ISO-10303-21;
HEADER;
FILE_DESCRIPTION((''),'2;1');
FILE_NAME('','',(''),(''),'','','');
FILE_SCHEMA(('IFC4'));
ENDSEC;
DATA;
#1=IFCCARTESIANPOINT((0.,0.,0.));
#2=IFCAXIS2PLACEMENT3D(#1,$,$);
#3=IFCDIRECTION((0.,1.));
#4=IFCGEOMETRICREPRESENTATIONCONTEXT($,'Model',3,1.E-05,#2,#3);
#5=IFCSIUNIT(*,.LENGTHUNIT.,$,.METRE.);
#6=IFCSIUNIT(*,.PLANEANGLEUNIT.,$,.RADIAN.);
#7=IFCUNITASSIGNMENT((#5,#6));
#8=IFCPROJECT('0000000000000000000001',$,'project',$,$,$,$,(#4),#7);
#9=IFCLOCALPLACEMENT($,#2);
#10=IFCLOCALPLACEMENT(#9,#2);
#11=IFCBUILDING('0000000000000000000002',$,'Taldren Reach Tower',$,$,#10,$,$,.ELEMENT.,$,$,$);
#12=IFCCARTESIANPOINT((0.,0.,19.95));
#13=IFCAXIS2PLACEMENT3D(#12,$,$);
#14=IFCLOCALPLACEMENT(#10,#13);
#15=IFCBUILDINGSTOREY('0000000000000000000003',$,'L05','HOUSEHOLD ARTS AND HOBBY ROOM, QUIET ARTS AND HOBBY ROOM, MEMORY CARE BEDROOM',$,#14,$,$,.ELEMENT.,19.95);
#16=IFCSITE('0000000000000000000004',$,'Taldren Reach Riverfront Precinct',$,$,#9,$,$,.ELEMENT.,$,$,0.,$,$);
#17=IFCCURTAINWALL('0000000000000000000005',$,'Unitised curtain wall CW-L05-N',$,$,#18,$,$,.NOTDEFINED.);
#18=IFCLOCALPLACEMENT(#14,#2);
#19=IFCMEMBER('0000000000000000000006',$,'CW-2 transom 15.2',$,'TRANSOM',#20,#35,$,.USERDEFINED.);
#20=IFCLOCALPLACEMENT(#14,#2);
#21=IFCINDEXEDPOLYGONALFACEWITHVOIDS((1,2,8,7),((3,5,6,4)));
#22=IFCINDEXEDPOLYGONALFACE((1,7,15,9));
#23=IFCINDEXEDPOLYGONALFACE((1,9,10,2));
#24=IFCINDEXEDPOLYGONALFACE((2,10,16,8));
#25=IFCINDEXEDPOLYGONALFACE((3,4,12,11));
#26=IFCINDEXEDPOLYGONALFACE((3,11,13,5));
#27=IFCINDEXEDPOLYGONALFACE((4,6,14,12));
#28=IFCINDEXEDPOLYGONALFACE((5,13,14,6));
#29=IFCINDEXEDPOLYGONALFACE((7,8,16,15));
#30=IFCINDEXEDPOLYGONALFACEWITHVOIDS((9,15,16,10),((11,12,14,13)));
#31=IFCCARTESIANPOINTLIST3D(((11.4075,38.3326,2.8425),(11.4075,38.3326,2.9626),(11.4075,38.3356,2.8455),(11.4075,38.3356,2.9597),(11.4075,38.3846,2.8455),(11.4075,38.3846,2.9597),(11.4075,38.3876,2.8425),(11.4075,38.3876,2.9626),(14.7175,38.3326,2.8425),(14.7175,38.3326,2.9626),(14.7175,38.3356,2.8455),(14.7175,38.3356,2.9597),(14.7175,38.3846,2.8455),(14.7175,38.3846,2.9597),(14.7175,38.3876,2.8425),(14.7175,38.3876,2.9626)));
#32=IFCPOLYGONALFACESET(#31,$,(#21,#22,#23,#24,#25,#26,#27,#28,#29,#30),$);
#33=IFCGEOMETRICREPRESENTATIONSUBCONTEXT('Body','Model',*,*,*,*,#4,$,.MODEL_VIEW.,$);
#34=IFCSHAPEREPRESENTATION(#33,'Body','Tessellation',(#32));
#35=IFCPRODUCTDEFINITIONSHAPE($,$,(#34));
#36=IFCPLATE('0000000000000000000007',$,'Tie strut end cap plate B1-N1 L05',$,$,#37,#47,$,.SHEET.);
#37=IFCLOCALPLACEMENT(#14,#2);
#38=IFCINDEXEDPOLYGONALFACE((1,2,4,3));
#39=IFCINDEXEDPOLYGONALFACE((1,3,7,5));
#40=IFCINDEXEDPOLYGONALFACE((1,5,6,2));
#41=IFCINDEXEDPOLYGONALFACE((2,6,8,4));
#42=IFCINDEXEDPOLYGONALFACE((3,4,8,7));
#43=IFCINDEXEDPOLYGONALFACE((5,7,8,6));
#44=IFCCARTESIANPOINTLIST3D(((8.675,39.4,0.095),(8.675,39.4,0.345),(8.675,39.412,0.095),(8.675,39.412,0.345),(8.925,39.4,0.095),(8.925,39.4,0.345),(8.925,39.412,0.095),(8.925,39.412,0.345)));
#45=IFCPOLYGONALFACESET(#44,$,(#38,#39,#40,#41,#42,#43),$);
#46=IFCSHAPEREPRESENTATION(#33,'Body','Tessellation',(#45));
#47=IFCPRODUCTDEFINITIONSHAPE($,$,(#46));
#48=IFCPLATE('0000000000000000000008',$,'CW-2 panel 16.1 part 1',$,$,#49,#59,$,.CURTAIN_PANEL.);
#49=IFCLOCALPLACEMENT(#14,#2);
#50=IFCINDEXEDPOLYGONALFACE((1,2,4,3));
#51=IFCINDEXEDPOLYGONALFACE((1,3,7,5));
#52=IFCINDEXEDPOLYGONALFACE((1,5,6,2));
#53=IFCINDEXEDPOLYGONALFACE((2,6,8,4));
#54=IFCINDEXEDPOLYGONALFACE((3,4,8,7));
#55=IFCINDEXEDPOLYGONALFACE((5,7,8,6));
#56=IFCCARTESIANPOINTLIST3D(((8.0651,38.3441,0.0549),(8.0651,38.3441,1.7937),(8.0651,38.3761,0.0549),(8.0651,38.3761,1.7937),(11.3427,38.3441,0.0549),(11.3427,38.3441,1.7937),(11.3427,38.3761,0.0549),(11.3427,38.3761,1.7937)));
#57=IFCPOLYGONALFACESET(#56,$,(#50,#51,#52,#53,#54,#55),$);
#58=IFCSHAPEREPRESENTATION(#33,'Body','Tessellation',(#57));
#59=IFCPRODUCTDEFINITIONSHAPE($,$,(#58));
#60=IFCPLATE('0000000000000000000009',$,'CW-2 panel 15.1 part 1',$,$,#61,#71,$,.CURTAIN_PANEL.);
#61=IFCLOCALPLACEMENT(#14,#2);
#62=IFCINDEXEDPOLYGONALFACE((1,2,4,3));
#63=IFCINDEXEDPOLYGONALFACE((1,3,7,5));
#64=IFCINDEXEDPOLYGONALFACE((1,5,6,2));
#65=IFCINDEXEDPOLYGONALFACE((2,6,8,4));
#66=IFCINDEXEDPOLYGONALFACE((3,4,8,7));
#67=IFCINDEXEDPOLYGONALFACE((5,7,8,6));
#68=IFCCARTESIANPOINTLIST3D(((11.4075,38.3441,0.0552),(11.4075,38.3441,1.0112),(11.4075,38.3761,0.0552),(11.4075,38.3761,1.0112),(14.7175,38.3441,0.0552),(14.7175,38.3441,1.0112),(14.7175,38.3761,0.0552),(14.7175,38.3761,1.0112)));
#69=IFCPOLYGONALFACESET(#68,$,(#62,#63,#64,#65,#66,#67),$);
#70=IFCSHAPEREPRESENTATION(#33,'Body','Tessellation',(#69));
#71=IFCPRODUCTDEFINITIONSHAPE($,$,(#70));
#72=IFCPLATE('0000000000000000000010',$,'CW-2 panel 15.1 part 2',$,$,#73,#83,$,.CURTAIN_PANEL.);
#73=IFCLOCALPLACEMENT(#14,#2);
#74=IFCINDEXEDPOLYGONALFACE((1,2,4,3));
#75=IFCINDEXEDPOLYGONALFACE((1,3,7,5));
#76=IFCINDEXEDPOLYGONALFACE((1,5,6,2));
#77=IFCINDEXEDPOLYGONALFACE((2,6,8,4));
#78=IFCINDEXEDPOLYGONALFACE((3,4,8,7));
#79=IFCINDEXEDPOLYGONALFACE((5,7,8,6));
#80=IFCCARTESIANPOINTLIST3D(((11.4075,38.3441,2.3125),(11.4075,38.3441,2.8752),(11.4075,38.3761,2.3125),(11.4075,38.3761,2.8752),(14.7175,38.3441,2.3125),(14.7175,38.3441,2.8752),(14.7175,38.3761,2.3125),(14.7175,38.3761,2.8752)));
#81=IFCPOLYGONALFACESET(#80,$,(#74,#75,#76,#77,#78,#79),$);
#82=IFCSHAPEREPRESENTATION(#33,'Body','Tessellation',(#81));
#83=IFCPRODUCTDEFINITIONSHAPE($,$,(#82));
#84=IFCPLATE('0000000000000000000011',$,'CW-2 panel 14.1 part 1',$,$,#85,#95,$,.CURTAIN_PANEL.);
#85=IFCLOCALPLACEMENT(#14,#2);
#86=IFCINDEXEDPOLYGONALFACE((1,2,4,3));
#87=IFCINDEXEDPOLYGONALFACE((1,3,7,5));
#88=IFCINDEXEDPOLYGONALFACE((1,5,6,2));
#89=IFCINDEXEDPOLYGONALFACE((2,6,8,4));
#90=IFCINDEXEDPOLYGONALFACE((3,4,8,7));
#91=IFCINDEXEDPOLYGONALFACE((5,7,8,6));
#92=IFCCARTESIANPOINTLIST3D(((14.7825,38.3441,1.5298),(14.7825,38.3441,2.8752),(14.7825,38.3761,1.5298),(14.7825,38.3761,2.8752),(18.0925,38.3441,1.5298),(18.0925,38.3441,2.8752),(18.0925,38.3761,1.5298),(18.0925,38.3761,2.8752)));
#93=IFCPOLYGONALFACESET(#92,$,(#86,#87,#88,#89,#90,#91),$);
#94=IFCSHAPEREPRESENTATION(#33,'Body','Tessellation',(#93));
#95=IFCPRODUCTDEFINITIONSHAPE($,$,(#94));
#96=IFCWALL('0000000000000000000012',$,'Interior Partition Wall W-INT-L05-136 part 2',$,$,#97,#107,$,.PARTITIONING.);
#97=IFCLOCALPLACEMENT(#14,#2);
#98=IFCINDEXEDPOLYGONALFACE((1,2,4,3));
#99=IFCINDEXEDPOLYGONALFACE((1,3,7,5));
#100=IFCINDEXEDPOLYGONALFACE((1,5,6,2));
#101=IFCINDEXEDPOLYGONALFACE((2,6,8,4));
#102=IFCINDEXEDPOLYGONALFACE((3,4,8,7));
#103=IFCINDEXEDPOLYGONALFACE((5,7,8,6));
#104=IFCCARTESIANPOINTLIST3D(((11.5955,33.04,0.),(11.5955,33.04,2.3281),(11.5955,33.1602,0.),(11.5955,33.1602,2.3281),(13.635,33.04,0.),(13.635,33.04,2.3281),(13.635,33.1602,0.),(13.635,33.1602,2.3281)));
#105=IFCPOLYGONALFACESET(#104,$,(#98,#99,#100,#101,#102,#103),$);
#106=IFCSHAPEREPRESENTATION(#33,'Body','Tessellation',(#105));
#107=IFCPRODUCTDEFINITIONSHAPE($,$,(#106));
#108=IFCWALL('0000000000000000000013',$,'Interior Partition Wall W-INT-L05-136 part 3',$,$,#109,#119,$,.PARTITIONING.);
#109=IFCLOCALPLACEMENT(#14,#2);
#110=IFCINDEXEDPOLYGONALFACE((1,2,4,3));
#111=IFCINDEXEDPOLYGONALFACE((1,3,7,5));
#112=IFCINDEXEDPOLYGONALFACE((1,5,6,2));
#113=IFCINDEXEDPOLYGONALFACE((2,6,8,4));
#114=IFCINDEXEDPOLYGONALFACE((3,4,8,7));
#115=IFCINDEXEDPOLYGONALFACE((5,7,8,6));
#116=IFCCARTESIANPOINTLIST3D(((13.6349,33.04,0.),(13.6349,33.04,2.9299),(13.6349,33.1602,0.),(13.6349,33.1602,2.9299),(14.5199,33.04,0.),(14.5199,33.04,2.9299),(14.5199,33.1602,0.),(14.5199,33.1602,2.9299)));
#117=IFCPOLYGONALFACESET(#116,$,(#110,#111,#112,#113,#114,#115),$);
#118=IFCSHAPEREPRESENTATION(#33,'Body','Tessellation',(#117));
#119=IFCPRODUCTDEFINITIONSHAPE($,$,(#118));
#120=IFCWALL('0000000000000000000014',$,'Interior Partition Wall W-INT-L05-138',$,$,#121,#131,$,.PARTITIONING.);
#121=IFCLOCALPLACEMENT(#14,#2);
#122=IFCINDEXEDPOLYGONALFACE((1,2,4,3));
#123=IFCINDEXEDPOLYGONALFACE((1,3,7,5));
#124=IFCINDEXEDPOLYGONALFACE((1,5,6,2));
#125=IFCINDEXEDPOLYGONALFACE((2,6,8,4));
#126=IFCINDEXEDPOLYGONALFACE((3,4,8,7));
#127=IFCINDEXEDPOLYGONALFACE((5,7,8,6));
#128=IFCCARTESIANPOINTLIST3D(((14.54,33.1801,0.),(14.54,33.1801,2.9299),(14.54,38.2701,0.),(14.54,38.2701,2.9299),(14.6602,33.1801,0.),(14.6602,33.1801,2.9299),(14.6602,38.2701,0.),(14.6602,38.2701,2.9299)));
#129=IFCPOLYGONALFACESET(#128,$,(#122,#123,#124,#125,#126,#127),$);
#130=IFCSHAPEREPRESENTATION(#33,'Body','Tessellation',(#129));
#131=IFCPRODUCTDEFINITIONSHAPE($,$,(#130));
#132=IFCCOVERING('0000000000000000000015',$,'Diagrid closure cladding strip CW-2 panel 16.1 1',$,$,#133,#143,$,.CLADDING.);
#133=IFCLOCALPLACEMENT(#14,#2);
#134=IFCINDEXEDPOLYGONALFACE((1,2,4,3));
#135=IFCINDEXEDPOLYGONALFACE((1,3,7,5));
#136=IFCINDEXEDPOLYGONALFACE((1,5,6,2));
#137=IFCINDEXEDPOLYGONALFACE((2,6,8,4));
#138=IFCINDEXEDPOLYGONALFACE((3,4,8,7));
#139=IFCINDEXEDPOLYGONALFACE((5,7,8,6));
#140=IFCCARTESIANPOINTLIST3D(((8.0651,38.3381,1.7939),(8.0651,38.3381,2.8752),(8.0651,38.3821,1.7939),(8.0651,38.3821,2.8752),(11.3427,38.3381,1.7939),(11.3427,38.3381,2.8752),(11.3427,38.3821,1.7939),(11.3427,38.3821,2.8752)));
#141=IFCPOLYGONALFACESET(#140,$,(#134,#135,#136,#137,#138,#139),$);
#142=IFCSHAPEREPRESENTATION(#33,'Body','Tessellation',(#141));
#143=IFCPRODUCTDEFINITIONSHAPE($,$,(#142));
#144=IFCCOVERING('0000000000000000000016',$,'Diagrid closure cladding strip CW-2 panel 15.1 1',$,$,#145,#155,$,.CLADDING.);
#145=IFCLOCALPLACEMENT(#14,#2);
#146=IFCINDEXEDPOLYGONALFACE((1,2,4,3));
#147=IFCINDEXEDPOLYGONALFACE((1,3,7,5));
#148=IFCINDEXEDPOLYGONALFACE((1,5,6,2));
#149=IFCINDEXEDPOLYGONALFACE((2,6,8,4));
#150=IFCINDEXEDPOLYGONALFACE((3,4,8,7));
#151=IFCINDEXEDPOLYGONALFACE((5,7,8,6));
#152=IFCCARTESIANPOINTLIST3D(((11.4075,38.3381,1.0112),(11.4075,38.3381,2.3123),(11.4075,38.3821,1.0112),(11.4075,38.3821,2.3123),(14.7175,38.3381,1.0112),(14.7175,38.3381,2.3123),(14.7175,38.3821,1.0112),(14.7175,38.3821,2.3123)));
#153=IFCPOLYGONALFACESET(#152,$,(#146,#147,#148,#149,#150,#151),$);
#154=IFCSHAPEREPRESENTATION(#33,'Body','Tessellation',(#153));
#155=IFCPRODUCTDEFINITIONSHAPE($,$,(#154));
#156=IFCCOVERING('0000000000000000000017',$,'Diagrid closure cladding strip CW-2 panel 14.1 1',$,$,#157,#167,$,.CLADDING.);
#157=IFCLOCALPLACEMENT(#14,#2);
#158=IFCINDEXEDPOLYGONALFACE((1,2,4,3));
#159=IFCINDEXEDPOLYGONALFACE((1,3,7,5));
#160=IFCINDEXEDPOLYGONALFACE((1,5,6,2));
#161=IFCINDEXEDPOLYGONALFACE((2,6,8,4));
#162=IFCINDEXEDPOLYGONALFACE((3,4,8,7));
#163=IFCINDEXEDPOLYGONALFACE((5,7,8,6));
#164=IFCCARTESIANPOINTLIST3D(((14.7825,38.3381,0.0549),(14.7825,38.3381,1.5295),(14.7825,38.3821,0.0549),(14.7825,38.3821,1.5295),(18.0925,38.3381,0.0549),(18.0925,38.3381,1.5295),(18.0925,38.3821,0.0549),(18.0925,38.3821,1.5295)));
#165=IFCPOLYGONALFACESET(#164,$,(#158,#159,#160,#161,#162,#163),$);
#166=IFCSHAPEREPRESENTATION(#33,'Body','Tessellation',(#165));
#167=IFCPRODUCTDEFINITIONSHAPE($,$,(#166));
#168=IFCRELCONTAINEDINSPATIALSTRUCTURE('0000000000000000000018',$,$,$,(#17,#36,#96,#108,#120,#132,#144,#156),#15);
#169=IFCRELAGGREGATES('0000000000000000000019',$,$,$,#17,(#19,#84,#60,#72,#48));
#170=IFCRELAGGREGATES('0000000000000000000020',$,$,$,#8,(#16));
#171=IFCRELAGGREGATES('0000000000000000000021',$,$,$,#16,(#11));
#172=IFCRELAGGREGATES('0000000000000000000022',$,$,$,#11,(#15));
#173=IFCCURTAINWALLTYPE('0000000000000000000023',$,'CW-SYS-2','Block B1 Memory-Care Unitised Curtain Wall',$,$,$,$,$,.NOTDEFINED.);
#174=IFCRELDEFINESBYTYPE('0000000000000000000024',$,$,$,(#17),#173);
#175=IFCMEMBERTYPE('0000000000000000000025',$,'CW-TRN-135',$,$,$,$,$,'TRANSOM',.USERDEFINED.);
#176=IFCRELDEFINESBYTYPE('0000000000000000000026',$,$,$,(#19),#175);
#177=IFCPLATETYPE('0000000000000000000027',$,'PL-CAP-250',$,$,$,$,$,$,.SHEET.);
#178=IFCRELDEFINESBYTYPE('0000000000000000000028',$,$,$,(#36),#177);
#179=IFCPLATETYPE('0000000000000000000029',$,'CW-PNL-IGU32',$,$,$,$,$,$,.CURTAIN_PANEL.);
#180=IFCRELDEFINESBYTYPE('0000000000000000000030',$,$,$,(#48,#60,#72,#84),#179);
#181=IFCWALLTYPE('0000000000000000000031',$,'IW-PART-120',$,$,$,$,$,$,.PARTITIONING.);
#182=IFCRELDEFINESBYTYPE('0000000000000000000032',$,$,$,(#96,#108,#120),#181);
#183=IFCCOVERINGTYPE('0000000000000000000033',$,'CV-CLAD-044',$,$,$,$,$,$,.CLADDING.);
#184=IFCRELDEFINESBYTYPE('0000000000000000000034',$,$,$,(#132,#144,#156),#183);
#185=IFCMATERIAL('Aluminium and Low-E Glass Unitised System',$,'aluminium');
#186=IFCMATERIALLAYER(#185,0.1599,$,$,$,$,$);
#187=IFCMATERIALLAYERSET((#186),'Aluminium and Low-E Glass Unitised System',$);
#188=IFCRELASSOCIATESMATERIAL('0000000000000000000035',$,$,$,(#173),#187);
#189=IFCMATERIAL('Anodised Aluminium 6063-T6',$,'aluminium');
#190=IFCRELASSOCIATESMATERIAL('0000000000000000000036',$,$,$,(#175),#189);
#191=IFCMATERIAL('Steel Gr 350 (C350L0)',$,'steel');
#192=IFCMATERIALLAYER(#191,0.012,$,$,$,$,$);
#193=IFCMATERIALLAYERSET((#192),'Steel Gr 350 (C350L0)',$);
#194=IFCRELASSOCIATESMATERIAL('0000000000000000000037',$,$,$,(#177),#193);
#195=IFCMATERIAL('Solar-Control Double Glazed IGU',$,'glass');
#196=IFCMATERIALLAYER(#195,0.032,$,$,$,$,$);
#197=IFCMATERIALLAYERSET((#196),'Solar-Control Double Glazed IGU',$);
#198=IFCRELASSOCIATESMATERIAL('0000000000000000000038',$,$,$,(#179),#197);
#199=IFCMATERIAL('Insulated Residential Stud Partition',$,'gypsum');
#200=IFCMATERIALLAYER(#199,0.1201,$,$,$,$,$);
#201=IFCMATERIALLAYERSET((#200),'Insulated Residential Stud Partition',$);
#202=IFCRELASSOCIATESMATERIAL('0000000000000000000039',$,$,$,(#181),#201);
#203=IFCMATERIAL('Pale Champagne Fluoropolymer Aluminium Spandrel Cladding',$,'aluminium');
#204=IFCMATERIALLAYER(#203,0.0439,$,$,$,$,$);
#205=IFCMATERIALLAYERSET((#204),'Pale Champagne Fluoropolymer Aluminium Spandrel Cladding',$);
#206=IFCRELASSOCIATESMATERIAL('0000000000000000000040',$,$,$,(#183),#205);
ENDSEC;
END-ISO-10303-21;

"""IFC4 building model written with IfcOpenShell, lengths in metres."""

from ifc_helpers import new_model, si_unit, direction, frame, frame_2d, origin, origin_2d, place, context, subcontext, project, spatial, rectangle, hollow_rectangle, extrude, source, transform, mapped, material, layer, layer_set, material_profile, profile_set, type_object, element, aggregate, save


model = new_model("IFC4")

# Units and contexts
model_context = context("Model", 3, precision=1e-05, world=origin(), true_north=direction((0.0, 1.0)))
body_context = subcontext(model_context, "Body", "Model", "MODEL_VIEW")
ifc_project = project(units=[si_unit("LENGTHUNIT", "METRE"), si_unit("PLANEANGLEUNIT", "RADIAN")], contexts=[model_context])

# Site, building, storey
site_placement = place(None, origin())
site = spatial("IfcSite", under=ifc_project, at=site_placement, Name="Taldren Reach Riverfront Precinct", CompositionType="ELEMENT", RefElevation=0.0)
building_placement = place(site_placement, origin())
building = spatial("IfcBuilding", under=site, at=building_placement, Name="Taldren Reach Tower", CompositionType="ELEMENT")
storey_placement = place(building_placement, frame((0.0, 0.0, 19.95)))
storey = spatial("IfcBuildingStorey", under=building, at=storey_placement, Name="L05", Description="HOUSEHOLD ARTS AND HOBBY ROOM, QUIET ARTS AND HOBBY ROOM, MEMORY CARE BEDROOM", CompositionType="ELEMENT", Elevation=19.95)

# Shared definitions
ifc_material_1 = material(Name="Steel Gr 350 (C350L0)", Category="steel")

# Curtain wall, member
ifc_material_2 = material(Name="Aluminium and Low-E Glass Unitised System", Category="aluminium")
ifc_layer_1 = layer(ifc_material_2, 0.1599)
ifc_layer_set_1 = layer_set([ifc_layer_1], Name="Aluminium and Low-E Glass Unitised System")
curtain_wall_type = type_object("IfcCurtainWallType", Name="CW-SYS-2", Description="Block B1 Memory-Care Unitised Curtain Wall", PredefinedType="NOTDEFINED", material=ifc_layer_set_1)
curtain_wall_placement = place(storey_placement, origin())
curtain_wall = element("IfcCurtainWall", 1, at=curtain_wall_placement, inside=storey, type_object=curtain_wall_type, Name="Unitised curtain wall CW-L05-N", PredefinedType="NOTDEFINED")
ifc_material_3 = material(Name="Anodised Aluminium 6063-T6", Category="aluminium")
ifc_material_profile_1 = material_profile(ifc_material_3, hollow_rectangle(XDim=0.0549, YDim=0.1201, WallThickness=0.0029, at=origin_2d()), Name="ALU-120x55x3RHS")
ifc_profile_set_1 = profile_set([ifc_material_profile_1], Name="Anodised Aluminium 6063-T6")
member_type_1 = type_object("IfcMemberType", Name="CW-TRN-135", ElementType="TRANSOM", PredefinedType="USERDEFINED", material=ifc_profile_set_1)
shared_shape_1 = source(origin(), body_context, "Body", "SweptSolid", [
    extrude(hollow_rectangle(XDim=0.0549, YDim=0.1201, WallThickness=0.0029, at=origin_2d()), origin(), (0.0, 0.0, 1.0), 3.3101),
])
member_1_placement = place(storey_placement, frame((14.7175, 38.3601, 2.9026), z_axis=(-1.0, 0.0, 0.0), x_axis=(0.0, -1.0, 0.0)))
member_1 = element("IfcMember", 2, at=member_1_placement, type_object=member_type_1, Name="CW-2 transom 15.2", ObjectType="TRANSOM", PredefinedType="USERDEFINED", context=body_context, shape_type="MappedRepresentation", body=[
    mapped(shared_shape_1, transform((0.0, 0.0, 0.0), scale=1.0)),
])

# Plates
ifc_layer_2 = layer(ifc_material_1, 0.012)
ifc_layer_set_2 = layer_set([ifc_layer_2], Name="Steel Gr 350 (C350L0)")
plate_type_1 = type_object("IfcPlateType", Name="PL-CAP-250", PredefinedType="SHEET", material=ifc_layer_set_2)
shared_shape_2 = source(origin(), body_context, "Body", "SweptSolid", [
    extrude(rectangle(XDim=0.25, YDim=0.012, at=origin_2d()), origin(), (0.0, 0.0, 1.0), 0.25),
])
plate_1_placement = place(storey_placement, frame((8.8, 39.406, 0.095), z_axis=(0.0, 0.0, 1.0), x_axis=(1.0, 0.0, 0.0)))
element("IfcPlate", 3, at=plate_1_placement, inside=storey, type_object=plate_type_1, Name="Tie strut end cap plate B1-N1 L05", PredefinedType="SHEET", context=body_context, shape_type="MappedRepresentation", body=[
    mapped(shared_shape_2, transform((0.0, 0.0, 0.0), scale=1.0)),
])
ifc_material_4 = material(Name="Solar-Control Double Glazed IGU", Category="glass")
ifc_layer_3 = layer(ifc_material_4, 0.032)
ifc_layer_set_3 = layer_set([ifc_layer_3], Name="Solar-Control Double Glazed IGU")
plate_type_2 = type_object("IfcPlateType", Name="CW-PNL-IGU32", PredefinedType="CURTAIN_PANEL", material=ifc_layer_set_3)
shared_shape_3 = source(origin(), body_context, "Body", "SweptSolid", [
    extrude(rectangle(XDim=3.2776, YDim=0.032, at=origin_2d()), origin(), (0.0, 0.0, 1.0), 1.7388),
])
plate_2_placement = place(storey_placement, frame((9.7039, 38.3601, 0.0549), z_axis=(0.0, 0.0, 1.0), x_axis=(-1.0, 0.0, 0.0)))
plate_2 = element("IfcPlate", 4, at=plate_2_placement, type_object=plate_type_2, Name="CW-2 panel 16.1 part 1", PredefinedType="CURTAIN_PANEL", context=body_context, shape_type="MappedRepresentation", body=[
    mapped(shared_shape_3, transform((0.0, 0.0, 0.0), scale=1.0)),
])
shared_shape_4 = source(origin(), body_context, "Body", "SweptSolid", [
    extrude(rectangle(XDim=3.3101, YDim=0.032, at=origin_2d()), origin(), (0.0, 0.0, 1.0), 0.9561),
])
plate_3_placement = place(storey_placement, frame((13.0625, 38.3601, 0.0552), z_axis=(0.0, 0.0, 1.0), x_axis=(-1.0, 0.0, 0.0)))
plate_3 = element("IfcPlate", 5, at=plate_3_placement, type_object=plate_type_2, Name="CW-2 panel 15.1 part 1", PredefinedType="CURTAIN_PANEL", context=body_context, shape_type="MappedRepresentation", body=[
    mapped(shared_shape_4, transform((0.0, 0.0, 0.0), scale=1.0)),
])
shared_shape_5 = source(origin(), body_context, "Body", "SweptSolid", [
    extrude(rectangle(XDim=3.3101, YDim=0.032, at=origin_2d()), origin(), (0.0, 0.0, 1.0), 0.5627),
])
plate_4_placement = place(storey_placement, frame((13.0625, 38.3601, 2.3125), z_axis=(0.0, 0.0, 1.0), x_axis=(-1.0, 0.0, 0.0)))
plate_4 = element("IfcPlate", 6, at=plate_4_placement, type_object=plate_type_2, Name="CW-2 panel 15.1 part 2", PredefinedType="CURTAIN_PANEL", context=body_context, shape_type="MappedRepresentation", body=[
    mapped(shared_shape_5, transform((0.0, 0.0, 0.0), scale=1.0)),
])
shared_shape_6 = source(origin(), body_context, "Body", "SweptSolid", [
    extrude(rectangle(XDim=3.3101, YDim=0.032, at=origin_2d()), origin(), (0.0, 0.0, 1.0), 1.3455),
])
plate_5_placement = place(storey_placement, frame((16.4375, 38.3601, 1.5298), z_axis=(0.0, 0.0, 1.0), x_axis=(-1.0, 0.0, 0.0)))
plate_5 = element("IfcPlate", 7, at=plate_5_placement, type_object=plate_type_2, Name="CW-2 panel 14.1 part 1", PredefinedType="CURTAIN_PANEL", context=body_context, shape_type="MappedRepresentation", body=[
    mapped(shared_shape_6, transform((0.0, 0.0, 0.0), scale=1.0)),
])
aggregate(curtain_wall, [member_1, plate_5, plate_3, plate_4, plate_2])

# Walls
ifc_material_5 = material(Name="Insulated Residential Stud Partition", Category="gypsum")
ifc_layer_4 = layer(ifc_material_5, 0.1201)
ifc_layer_set_4 = layer_set([ifc_layer_4], Name="Insulated Residential Stud Partition")
wall_type = type_object("IfcWallType", Name="IW-PART-120", PredefinedType="PARTITIONING", material=ifc_layer_set_4)
shared_shape_7 = source(origin(), body_context, "Body", "SweptSolid", [
    extrude(rectangle(XDim=2.0396, YDim=0.1201, at=frame_2d((1.0198, 0.0))), origin(), (0.0, 0.0, 1.0), 2.3281),
])
wall_1_placement = place(storey_placement, frame((11.5955, 33.1001, 0.0), z_axis=(0.0, 0.0, 1.0), x_axis=(1.0, 0.0, 0.0)))
element("IfcWall", 8, at=wall_1_placement, inside=storey, type_object=wall_type, Name="Interior Partition Wall W-INT-L05-136 part 2", PredefinedType="PARTITIONING", context=body_context, shape_type="MappedRepresentation", body=[
    mapped(shared_shape_7, transform((0.0, 0.0, 0.0), scale=1.0)),
])
shared_shape_8 = source(origin(), body_context, "Body", "SweptSolid", [
    extrude(rectangle(XDim=0.885, YDim=0.1201, at=frame_2d((0.4424, 0.0))), origin(), (0.0, 0.0, 1.0), 2.9299),
])
wall_2_placement = place(storey_placement, frame((13.635, 33.1001, 0.0), z_axis=(0.0, 0.0, 1.0), x_axis=(1.0, 0.0, 0.0)))
element("IfcWall", 9, at=wall_2_placement, inside=storey, type_object=wall_type, Name="Interior Partition Wall W-INT-L05-136 part 3", PredefinedType="PARTITIONING", context=body_context, shape_type="MappedRepresentation", body=[
    mapped(shared_shape_8, transform((0.0, 0.0, 0.0), scale=1.0)),
])
shared_shape_9 = source(origin(), body_context, "Body", "SweptSolid", [
    extrude(rectangle(XDim=5.0901, YDim=0.1201, at=frame_2d((2.5449, 0.0))), origin(), (0.0, 0.0, 1.0), 2.9299),
])
wall_3_placement = place(storey_placement, frame((14.6001, 38.27, 0.0), z_axis=(0.0, 0.0, 1.0), x_axis=(0.0, -1.0, 0.0)))
element("IfcWall", 10, at=wall_3_placement, inside=storey, type_object=wall_type, Name="Interior Partition Wall W-INT-L05-138", PredefinedType="PARTITIONING", context=body_context, shape_type="MappedRepresentation", body=[
    mapped(shared_shape_9, transform((0.0, 0.0, 0.0), scale=1.0)),
])

# Coverings
ifc_material_6 = material(Name="Pale Champagne Fluoropolymer Aluminium Spandrel Cladding", Category="aluminium")
ifc_layer_5 = layer(ifc_material_6, 0.0439)
ifc_layer_set_5 = layer_set([ifc_layer_5], Name="Pale Champagne Fluoropolymer Aluminium Spandrel Cladding")
covering_type = type_object("IfcCoveringType", Name="CV-CLAD-044", PredefinedType="CLADDING", material=ifc_layer_set_5)
shared_shape_10 = source(origin(), body_context, "Body", "SweptSolid", [
    extrude(rectangle(XDim=3.2776, YDim=0.0439, at=origin_2d()), origin(), (0.0, 0.0, 1.0), 1.0813),
])
covering_1_placement = place(storey_placement, frame((9.7039, 38.3601, 1.7939), z_axis=(0.0, 0.0, 1.0), x_axis=(-1.0, 0.0, 0.0)))
element("IfcCovering", 11, at=covering_1_placement, inside=storey, type_object=covering_type, Name="Diagrid closure cladding strip CW-2 panel 16.1 1", PredefinedType="CLADDING", context=body_context, shape_type="MappedRepresentation", body=[
    mapped(shared_shape_10, transform((0.0, 0.0, 0.0), scale=1.0)),
])
shared_shape_11 = source(origin(), body_context, "Body", "SweptSolid", [
    extrude(rectangle(XDim=3.3101, YDim=0.0439, at=origin_2d()), origin(), (0.0, 0.0, 1.0), 1.301),
])
covering_2_placement = place(storey_placement, frame((13.0625, 38.3601, 1.0112), z_axis=(0.0, 0.0, 1.0), x_axis=(-1.0, 0.0, 0.0)))
element("IfcCovering", 12, at=covering_2_placement, inside=storey, type_object=covering_type, Name="Diagrid closure cladding strip CW-2 panel 15.1 1", PredefinedType="CLADDING", context=body_context, shape_type="MappedRepresentation", body=[
    mapped(shared_shape_11, transform((0.0, 0.0, 0.0), scale=1.0)),
])
shared_shape_12 = source(origin(), body_context, "Body", "SweptSolid", [
    extrude(rectangle(XDim=3.3101, YDim=0.0439, at=origin_2d()), origin(), (0.0, 0.0, 1.0), 1.4746),
])
covering_3_placement = place(storey_placement, frame((16.4375, 38.3601, 0.0549), z_axis=(0.0, 0.0, 1.0), x_axis=(-1.0, 0.0, 0.0)))
element("IfcCovering", 13, at=covering_3_placement, inside=storey, type_object=covering_type, Name="Diagrid closure cladding strip CW-2 panel 14.1 1", PredefinedType="CLADDING", context=body_context, shape_type="MappedRepresentation", body=[
    mapped(shared_shape_12, transform((0.0, 0.0, 0.0), scale=1.0)),
])

save(model, "model.ifc")
